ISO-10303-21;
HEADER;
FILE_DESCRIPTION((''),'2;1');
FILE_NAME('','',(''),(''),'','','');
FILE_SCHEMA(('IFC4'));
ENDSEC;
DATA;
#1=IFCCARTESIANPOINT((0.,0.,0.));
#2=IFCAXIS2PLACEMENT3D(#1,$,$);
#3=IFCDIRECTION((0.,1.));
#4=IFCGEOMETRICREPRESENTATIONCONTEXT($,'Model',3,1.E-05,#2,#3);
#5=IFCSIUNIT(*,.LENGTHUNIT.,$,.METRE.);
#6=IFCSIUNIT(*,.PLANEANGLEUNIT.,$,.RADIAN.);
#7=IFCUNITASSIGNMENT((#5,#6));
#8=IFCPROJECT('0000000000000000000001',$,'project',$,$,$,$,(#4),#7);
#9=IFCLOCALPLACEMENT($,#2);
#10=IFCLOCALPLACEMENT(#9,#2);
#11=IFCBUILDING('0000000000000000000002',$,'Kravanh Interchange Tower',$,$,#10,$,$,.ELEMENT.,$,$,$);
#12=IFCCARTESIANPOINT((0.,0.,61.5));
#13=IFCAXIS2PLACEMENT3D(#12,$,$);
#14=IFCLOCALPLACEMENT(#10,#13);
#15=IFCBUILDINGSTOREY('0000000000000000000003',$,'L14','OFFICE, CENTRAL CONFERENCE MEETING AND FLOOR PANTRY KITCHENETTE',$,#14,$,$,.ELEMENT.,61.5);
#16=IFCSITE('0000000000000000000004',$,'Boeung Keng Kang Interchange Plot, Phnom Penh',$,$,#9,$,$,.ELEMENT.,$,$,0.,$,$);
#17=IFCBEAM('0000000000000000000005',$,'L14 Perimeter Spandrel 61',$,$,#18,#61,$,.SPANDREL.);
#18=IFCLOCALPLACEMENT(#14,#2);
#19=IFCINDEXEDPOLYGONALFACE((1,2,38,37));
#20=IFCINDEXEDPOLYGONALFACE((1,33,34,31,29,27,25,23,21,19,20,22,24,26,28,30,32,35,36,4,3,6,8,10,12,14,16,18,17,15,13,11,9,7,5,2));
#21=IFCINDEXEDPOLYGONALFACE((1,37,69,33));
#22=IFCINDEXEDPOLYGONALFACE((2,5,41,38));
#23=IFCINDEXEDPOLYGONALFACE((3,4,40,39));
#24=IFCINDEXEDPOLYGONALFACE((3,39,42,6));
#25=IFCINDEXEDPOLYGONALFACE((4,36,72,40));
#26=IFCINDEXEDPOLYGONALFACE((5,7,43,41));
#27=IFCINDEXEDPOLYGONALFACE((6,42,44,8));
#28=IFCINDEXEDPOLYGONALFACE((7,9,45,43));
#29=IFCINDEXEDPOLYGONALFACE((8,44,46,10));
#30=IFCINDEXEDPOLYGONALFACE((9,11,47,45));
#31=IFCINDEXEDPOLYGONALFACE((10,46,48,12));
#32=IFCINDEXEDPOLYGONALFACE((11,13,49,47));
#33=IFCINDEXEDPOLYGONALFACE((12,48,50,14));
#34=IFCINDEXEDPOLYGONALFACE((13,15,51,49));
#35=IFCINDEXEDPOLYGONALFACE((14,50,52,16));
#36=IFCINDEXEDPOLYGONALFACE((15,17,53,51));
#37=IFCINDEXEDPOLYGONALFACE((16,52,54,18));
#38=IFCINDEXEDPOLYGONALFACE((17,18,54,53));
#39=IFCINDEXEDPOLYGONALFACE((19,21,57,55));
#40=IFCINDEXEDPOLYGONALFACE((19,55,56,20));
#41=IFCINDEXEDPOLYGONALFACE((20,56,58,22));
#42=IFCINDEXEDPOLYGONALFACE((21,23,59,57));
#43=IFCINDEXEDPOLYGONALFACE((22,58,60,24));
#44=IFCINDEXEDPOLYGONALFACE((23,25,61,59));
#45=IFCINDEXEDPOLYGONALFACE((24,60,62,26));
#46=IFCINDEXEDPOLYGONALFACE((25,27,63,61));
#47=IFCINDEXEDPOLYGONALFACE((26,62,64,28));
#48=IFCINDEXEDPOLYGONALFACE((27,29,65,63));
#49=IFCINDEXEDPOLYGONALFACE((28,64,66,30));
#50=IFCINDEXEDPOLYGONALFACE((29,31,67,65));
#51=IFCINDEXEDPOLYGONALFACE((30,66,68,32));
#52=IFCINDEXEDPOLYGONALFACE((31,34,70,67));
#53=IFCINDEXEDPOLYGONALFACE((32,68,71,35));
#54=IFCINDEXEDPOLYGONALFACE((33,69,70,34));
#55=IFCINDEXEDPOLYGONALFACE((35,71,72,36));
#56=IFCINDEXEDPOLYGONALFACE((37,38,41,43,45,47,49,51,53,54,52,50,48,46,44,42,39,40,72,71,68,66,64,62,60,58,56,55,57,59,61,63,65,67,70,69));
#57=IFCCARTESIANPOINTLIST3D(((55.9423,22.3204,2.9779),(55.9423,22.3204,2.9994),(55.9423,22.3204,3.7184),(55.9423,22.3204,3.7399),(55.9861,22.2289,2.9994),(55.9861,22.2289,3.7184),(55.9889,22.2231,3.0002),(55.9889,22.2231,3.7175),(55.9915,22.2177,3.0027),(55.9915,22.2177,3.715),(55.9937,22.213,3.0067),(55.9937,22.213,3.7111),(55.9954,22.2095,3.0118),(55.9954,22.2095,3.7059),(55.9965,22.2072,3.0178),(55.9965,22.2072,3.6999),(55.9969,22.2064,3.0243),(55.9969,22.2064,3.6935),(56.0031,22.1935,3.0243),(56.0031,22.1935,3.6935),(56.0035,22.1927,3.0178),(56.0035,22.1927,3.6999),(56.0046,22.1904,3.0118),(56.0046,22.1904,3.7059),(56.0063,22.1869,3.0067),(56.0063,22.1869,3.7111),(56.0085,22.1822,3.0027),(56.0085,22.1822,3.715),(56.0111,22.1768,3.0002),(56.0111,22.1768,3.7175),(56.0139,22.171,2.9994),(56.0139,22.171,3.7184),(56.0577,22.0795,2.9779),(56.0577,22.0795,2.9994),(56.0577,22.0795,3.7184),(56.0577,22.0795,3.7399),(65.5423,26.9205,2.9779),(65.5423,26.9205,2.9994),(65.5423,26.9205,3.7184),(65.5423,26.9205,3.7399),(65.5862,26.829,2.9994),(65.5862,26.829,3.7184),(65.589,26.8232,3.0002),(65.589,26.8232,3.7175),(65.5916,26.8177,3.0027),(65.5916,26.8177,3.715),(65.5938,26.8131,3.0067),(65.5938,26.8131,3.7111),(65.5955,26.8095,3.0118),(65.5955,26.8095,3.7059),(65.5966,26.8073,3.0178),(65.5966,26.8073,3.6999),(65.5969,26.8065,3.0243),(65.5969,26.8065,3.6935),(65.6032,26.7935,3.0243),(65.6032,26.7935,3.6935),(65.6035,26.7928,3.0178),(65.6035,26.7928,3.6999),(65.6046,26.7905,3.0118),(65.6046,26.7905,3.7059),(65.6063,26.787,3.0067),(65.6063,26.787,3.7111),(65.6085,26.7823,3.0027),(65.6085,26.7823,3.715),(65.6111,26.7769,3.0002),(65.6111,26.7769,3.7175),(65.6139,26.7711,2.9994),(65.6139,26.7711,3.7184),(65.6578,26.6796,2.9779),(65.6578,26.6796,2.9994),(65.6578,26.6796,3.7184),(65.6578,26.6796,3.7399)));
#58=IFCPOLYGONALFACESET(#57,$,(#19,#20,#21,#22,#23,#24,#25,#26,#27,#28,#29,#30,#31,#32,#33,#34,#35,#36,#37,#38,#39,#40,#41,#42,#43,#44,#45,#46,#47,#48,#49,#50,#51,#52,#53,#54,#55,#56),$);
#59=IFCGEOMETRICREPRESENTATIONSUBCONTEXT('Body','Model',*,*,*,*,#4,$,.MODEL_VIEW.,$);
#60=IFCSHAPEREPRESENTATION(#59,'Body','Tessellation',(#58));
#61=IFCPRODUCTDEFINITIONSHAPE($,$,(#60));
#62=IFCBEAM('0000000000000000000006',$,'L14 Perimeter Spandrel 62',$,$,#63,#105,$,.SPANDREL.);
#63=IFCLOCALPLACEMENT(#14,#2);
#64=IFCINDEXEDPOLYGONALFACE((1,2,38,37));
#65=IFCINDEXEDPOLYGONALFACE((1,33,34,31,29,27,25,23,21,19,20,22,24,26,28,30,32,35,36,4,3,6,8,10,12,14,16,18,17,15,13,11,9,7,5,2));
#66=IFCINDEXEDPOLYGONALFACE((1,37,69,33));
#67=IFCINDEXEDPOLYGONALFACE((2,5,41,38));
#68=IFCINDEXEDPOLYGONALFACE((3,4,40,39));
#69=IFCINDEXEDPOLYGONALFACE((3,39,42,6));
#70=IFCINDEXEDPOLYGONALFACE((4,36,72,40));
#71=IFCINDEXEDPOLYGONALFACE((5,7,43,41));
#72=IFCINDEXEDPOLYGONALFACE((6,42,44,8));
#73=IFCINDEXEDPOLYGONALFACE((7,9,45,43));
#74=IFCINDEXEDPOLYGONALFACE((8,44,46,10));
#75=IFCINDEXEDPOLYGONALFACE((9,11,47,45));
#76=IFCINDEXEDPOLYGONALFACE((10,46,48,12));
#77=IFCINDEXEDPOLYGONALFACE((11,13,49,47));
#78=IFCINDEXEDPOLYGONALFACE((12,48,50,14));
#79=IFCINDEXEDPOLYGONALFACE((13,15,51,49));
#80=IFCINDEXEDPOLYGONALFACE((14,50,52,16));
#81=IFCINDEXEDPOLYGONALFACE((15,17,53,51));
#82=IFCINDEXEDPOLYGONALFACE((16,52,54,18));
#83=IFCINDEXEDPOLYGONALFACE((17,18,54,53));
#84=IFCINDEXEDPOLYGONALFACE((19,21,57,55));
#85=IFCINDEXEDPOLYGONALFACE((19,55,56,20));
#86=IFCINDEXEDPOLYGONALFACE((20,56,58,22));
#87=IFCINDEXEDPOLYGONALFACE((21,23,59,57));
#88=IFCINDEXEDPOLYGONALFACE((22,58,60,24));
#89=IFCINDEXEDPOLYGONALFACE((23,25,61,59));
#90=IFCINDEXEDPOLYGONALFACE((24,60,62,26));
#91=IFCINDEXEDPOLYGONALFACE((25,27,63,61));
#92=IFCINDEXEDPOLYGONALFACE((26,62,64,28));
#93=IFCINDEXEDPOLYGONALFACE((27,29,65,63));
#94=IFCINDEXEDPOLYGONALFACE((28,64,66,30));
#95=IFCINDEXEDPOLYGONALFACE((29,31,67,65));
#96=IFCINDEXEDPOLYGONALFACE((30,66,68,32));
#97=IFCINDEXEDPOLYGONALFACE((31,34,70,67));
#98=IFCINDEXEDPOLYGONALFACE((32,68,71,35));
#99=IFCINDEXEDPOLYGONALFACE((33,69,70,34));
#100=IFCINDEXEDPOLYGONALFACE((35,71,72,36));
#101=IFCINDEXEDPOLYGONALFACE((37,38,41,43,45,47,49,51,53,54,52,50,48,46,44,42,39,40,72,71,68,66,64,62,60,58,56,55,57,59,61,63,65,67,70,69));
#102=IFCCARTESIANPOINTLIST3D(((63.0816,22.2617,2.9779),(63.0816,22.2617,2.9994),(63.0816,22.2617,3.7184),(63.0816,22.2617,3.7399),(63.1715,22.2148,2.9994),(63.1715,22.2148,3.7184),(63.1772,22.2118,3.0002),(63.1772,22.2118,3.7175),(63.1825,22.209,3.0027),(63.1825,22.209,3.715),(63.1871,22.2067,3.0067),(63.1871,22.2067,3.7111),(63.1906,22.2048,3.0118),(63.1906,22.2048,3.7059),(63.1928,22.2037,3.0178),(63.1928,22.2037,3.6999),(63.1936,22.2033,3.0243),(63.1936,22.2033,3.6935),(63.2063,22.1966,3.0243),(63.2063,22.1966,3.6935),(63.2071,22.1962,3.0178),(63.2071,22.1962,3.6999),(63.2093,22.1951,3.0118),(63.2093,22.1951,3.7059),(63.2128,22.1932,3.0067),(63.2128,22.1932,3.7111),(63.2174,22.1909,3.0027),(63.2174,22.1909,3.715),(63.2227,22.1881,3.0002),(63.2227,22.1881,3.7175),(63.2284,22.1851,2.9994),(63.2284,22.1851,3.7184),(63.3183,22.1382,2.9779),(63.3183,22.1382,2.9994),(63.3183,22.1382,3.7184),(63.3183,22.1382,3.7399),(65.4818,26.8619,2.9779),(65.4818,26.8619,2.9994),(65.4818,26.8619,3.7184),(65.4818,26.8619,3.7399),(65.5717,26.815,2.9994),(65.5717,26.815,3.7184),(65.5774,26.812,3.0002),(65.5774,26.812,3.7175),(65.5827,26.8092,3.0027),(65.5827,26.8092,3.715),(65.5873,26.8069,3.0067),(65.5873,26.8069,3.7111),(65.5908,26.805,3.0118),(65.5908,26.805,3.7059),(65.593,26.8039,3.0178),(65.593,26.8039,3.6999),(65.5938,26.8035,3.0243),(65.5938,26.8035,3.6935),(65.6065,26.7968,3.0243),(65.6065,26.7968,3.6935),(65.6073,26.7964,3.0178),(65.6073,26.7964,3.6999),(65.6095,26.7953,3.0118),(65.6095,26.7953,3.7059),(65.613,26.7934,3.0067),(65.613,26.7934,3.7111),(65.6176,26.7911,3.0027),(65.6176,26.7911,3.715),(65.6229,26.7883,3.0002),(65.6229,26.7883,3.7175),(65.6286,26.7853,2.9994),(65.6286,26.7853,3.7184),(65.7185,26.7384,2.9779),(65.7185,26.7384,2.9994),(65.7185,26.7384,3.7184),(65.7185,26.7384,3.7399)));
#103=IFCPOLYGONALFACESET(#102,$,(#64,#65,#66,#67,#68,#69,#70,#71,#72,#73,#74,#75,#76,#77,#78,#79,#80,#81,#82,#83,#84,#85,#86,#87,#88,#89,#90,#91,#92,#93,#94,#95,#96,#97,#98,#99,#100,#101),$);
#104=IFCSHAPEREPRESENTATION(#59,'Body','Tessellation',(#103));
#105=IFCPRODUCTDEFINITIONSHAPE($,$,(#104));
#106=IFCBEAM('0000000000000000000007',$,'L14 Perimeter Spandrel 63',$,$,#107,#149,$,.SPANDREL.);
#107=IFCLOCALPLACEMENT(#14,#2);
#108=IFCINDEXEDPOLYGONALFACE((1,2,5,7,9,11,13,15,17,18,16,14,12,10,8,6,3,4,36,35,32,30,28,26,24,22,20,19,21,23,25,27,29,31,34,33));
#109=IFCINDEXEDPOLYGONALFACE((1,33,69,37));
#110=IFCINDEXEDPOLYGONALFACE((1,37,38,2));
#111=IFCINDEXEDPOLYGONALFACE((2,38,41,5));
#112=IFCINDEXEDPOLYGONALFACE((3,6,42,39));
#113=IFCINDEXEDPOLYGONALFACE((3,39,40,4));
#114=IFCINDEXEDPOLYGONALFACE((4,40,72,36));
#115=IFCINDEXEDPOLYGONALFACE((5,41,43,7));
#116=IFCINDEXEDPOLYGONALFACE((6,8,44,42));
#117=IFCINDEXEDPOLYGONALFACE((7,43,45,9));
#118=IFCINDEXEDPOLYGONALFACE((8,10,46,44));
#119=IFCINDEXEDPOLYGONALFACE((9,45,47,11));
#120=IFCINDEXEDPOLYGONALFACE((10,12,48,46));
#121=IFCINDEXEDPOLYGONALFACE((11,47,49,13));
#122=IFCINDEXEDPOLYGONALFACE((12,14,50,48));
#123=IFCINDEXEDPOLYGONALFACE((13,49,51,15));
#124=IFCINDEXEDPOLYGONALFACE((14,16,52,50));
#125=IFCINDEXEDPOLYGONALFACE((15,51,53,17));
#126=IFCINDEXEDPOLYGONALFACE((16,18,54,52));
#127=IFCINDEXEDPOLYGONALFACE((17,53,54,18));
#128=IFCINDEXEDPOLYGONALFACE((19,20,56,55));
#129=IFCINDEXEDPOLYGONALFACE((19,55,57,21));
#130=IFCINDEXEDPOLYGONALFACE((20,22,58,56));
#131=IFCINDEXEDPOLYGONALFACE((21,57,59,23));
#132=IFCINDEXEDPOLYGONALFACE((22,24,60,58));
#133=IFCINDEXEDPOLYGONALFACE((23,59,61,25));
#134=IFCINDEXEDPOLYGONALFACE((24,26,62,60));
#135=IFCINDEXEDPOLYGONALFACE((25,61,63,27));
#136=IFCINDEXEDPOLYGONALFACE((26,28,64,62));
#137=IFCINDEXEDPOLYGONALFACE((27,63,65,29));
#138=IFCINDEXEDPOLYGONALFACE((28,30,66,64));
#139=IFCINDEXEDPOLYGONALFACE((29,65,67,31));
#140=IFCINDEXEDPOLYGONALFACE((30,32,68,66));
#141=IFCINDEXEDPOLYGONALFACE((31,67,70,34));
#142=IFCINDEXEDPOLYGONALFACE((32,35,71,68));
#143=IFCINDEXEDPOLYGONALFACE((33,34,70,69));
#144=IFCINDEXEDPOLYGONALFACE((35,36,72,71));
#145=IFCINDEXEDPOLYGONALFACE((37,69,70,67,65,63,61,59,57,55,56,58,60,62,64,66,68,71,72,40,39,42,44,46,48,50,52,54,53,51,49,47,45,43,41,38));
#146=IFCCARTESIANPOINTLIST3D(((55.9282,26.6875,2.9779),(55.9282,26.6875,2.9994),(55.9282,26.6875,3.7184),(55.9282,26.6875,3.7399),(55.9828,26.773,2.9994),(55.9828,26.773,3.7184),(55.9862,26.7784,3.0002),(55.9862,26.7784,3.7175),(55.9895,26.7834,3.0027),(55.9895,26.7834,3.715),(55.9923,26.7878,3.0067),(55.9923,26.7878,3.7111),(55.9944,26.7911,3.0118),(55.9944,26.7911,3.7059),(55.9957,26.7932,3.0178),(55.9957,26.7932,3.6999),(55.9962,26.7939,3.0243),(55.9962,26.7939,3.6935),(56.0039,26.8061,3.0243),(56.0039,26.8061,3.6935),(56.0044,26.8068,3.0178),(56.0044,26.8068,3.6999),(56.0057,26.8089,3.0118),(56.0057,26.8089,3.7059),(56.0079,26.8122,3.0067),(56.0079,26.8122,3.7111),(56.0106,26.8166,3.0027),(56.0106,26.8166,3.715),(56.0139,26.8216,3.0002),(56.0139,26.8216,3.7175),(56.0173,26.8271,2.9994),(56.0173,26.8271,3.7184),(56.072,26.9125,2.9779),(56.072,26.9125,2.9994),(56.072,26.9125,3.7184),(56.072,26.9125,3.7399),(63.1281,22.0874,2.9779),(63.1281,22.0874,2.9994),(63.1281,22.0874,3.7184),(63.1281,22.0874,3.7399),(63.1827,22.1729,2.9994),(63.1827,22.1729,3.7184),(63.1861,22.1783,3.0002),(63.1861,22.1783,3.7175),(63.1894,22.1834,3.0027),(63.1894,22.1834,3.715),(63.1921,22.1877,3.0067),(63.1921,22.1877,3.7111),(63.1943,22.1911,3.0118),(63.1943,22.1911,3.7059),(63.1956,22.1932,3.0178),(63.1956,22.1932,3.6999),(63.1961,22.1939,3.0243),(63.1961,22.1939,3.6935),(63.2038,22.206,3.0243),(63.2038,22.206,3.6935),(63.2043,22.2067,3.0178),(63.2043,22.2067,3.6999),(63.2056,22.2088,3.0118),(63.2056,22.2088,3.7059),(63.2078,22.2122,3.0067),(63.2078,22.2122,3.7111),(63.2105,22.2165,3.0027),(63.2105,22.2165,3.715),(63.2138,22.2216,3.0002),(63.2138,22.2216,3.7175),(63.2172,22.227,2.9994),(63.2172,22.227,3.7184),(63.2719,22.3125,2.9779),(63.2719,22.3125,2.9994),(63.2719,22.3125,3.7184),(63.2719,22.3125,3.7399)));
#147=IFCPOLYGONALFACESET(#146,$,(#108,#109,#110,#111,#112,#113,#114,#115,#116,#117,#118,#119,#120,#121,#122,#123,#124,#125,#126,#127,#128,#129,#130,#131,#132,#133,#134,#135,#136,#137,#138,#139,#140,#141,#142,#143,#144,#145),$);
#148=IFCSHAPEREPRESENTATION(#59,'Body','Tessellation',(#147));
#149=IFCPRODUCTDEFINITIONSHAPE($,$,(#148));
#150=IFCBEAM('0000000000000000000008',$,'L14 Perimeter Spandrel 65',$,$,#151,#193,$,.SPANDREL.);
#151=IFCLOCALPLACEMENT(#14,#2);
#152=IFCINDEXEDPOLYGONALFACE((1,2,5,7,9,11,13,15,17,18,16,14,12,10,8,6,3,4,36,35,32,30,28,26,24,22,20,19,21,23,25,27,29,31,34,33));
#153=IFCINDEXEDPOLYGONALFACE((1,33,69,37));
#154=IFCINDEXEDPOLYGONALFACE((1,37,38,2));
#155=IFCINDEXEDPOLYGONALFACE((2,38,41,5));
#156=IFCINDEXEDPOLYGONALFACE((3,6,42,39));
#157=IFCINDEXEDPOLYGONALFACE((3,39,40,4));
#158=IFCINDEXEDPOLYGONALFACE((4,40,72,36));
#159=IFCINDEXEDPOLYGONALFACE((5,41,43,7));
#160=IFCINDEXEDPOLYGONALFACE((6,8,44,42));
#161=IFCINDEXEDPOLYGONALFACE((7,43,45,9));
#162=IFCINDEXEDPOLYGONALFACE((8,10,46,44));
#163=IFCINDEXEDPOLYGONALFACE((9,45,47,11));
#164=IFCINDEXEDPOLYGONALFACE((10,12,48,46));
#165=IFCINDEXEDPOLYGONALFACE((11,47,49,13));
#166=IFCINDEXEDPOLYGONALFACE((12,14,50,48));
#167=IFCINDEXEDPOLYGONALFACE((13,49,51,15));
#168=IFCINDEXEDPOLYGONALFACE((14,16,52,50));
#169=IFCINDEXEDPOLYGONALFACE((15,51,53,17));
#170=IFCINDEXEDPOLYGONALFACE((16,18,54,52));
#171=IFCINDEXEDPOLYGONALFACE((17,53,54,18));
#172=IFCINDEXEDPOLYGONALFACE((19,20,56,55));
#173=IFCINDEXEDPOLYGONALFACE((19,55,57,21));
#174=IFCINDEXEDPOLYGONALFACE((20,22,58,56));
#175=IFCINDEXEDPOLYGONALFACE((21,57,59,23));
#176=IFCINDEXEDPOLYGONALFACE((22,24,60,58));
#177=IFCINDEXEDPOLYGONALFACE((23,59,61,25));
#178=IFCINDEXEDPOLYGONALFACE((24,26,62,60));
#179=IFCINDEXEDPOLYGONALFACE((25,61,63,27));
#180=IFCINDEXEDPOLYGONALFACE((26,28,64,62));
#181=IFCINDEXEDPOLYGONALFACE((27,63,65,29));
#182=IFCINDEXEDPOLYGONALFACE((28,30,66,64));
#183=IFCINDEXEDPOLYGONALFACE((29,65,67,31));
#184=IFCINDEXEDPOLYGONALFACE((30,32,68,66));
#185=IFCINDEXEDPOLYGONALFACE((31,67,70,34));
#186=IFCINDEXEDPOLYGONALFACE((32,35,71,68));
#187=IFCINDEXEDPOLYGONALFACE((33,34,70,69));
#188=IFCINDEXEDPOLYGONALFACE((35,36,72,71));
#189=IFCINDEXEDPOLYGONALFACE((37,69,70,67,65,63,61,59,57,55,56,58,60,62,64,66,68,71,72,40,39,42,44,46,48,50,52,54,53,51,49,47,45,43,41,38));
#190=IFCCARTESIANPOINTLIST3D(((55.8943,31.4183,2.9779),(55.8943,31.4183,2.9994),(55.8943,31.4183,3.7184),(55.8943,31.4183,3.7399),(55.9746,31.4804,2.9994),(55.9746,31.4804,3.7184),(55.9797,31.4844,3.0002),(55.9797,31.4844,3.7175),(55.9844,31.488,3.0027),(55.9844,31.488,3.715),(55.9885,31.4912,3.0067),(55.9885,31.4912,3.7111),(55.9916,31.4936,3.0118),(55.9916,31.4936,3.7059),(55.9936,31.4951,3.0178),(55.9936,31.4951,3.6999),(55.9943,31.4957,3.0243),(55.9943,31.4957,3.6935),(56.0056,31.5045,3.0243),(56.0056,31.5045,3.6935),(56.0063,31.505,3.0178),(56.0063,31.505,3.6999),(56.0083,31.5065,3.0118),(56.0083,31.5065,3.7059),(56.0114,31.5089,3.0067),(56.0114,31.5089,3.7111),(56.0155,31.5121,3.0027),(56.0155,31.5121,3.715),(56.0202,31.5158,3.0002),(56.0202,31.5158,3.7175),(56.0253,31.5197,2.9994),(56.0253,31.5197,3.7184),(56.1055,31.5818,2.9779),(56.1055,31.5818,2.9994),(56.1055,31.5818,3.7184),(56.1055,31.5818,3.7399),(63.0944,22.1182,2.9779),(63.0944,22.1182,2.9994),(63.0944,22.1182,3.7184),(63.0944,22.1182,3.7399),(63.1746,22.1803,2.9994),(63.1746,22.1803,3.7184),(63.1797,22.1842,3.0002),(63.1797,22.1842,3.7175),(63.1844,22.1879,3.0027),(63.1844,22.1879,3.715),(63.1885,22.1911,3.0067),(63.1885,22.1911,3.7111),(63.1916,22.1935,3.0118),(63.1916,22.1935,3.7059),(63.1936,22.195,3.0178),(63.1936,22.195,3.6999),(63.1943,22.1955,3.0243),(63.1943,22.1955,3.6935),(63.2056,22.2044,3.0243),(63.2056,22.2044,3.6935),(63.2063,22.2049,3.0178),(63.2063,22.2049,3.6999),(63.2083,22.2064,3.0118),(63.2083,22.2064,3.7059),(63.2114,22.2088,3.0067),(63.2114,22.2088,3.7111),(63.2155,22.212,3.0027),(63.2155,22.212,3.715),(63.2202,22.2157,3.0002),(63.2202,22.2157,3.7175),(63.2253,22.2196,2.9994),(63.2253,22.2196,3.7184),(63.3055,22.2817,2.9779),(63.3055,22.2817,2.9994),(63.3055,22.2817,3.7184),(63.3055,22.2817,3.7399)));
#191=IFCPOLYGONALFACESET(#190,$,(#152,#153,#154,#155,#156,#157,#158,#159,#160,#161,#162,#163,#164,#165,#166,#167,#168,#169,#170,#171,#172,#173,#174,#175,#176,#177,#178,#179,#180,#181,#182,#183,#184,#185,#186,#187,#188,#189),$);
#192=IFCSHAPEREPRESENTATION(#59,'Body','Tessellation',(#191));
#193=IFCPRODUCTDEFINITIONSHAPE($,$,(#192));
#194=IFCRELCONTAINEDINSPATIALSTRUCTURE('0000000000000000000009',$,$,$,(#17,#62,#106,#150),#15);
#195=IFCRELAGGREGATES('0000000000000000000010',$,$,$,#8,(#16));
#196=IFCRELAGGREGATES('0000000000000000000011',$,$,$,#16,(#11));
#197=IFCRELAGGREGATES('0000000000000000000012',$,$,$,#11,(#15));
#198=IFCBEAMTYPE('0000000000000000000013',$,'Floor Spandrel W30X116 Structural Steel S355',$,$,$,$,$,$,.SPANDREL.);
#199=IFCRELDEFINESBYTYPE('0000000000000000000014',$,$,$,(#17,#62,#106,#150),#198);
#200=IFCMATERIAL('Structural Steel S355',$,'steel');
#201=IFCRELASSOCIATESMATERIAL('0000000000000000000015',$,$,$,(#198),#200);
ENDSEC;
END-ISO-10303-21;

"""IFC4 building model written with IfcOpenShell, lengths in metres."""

from ifc_helpers import new_model, si_unit, direction, frame, origin, origin_2d, place, context, subcontext, project, spatial, i_section, extrude, material, material_profile, profile_set, type_object, element, save


model = new_model("IFC4")

# Units and contexts
model_context = context("Model", 3, precision=1e-05, world=origin(), true_north=direction((0.0, 1.0)))
body_context = subcontext(model_context, "Body", "Model", "MODEL_VIEW")
ifc_project = project(units=[si_unit("LENGTHUNIT", "METRE"), si_unit("PLANEANGLEUNIT", "RADIAN")], contexts=[model_context])

# Site, building, storey
site_placement = place(None, origin())
site = spatial("IfcSite", under=ifc_project, at=site_placement, Name="Boeung Keng Kang Interchange Plot, Phnom Penh", CompositionType="ELEMENT", RefElevation=0.0)
building_placement = place(site_placement, origin())
building = spatial("IfcBuilding", under=site, at=building_placement, Name="Kravanh Interchange Tower", CompositionType="ELEMENT")
storey_placement = place(building_placement, frame((0.0, 0.0, 61.5)))
storey = spatial("IfcBuildingStorey", under=building, at=storey_placement, Name="L14", Description="OFFICE, CENTRAL CONFERENCE MEETING AND FLOOR PANTRY KITCHENETTE", CompositionType="ELEMENT", Elevation=61.5)

# Beams
ifc_material_1 = material(Name="Structural Steel S355", Category="steel")
ifc_material_profile_1 = material_profile(ifc_material_1, i_section(OverallWidth=0.2671, OverallDepth=0.762, WebThickness=0.0144, FlangeThickness=0.0215, FilletRadius=0.0249, at=origin_2d()), Name="W30X116")
ifc_profile_set_1 = profile_set([ifc_material_profile_1], Name="Structural Steel S355")
beam_type_1 = type_object("IfcBeamType", Name="Floor Spandrel W30X116 Structural Steel S355", PredefinedType="SPANDREL", material=ifc_profile_set_1)
beam_1_placement = place(storey_placement, frame((56.0, 22.2, 3.3589), z_axis=(0.901814, 0.432124, 0.0), x_axis=(-0.432124, 0.901814, 0.0)))
element("IfcBeam", 1, at=beam_1_placement, inside=storey, type_object=beam_type_1, Name="L14 Perimeter Spandrel 61", PredefinedType="SPANDREL", context=body_context, shape_type="SweptSolid", body=[
    extrude(i_section(OverallWidth=0.2671, OverallDepth=0.762, WebThickness=0.0144, FlangeThickness=0.0215, FilletRadius=0.0249, at=origin_2d()), origin(), (0.0, 0.0, 1.0), 10.6453),
])
beam_2_placement = place(storey_placement, frame((63.2, 22.2, 3.3589), z_axis=(0.46258, 0.886577, 0.0), x_axis=(-0.886577, 0.46258, 0.0)))
element("IfcBeam", 2, at=beam_2_placement, inside=storey, type_object=beam_type_1, Name="L14 Perimeter Spandrel 62", PredefinedType="SPANDREL", context=body_context, shape_type="SweptSolid", body=[
    extrude(i_section(OverallWidth=0.2671, OverallDepth=0.762, WebThickness=0.0144, FlangeThickness=0.0215, FilletRadius=0.0249, at=origin_2d()), origin(), (0.0, 0.0, 1.0), 5.1887),
])
beam_3_placement = place(storey_placement, frame((63.2, 22.2, 3.3589), z_axis=(-0.842689, 0.5384, 0.0), x_axis=(-0.5384, -0.842689, 0.0)))
element("IfcBeam", 3, at=beam_3_placement, inside=storey, type_object=beam_type_1, Name="L14 Perimeter Spandrel 63", PredefinedType="SPANDREL", context=body_context, shape_type="SweptSolid", body=[
    extrude(i_section(OverallWidth=0.2671, OverallDepth=0.762, WebThickness=0.0144, FlangeThickness=0.0215, FilletRadius=0.0249, at=origin_2d()), origin(), (0.0, 0.0, 1.0), 8.5439),
])
beam_4_placement = place(storey_placement, frame((63.2, 22.2, 3.3589), z_axis=(-0.612169, 0.790727, 0.0), x_axis=(-0.790727, -0.612169, 0.0)))
element("IfcBeam", 4, at=beam_4_placement, inside=storey, type_object=beam_type_1, Name="L14 Perimeter Spandrel 65", PredefinedType="SPANDREL", context=body_context, shape_type="SweptSolid", body=[
    extrude(i_section(OverallWidth=0.2671, OverallDepth=0.762, WebThickness=0.0144, FlangeThickness=0.0215, FilletRadius=0.0249, at=origin_2d()), origin(), (0.0, 0.0, 1.0), 11.7615),
])

save(model, "model.ifc")
